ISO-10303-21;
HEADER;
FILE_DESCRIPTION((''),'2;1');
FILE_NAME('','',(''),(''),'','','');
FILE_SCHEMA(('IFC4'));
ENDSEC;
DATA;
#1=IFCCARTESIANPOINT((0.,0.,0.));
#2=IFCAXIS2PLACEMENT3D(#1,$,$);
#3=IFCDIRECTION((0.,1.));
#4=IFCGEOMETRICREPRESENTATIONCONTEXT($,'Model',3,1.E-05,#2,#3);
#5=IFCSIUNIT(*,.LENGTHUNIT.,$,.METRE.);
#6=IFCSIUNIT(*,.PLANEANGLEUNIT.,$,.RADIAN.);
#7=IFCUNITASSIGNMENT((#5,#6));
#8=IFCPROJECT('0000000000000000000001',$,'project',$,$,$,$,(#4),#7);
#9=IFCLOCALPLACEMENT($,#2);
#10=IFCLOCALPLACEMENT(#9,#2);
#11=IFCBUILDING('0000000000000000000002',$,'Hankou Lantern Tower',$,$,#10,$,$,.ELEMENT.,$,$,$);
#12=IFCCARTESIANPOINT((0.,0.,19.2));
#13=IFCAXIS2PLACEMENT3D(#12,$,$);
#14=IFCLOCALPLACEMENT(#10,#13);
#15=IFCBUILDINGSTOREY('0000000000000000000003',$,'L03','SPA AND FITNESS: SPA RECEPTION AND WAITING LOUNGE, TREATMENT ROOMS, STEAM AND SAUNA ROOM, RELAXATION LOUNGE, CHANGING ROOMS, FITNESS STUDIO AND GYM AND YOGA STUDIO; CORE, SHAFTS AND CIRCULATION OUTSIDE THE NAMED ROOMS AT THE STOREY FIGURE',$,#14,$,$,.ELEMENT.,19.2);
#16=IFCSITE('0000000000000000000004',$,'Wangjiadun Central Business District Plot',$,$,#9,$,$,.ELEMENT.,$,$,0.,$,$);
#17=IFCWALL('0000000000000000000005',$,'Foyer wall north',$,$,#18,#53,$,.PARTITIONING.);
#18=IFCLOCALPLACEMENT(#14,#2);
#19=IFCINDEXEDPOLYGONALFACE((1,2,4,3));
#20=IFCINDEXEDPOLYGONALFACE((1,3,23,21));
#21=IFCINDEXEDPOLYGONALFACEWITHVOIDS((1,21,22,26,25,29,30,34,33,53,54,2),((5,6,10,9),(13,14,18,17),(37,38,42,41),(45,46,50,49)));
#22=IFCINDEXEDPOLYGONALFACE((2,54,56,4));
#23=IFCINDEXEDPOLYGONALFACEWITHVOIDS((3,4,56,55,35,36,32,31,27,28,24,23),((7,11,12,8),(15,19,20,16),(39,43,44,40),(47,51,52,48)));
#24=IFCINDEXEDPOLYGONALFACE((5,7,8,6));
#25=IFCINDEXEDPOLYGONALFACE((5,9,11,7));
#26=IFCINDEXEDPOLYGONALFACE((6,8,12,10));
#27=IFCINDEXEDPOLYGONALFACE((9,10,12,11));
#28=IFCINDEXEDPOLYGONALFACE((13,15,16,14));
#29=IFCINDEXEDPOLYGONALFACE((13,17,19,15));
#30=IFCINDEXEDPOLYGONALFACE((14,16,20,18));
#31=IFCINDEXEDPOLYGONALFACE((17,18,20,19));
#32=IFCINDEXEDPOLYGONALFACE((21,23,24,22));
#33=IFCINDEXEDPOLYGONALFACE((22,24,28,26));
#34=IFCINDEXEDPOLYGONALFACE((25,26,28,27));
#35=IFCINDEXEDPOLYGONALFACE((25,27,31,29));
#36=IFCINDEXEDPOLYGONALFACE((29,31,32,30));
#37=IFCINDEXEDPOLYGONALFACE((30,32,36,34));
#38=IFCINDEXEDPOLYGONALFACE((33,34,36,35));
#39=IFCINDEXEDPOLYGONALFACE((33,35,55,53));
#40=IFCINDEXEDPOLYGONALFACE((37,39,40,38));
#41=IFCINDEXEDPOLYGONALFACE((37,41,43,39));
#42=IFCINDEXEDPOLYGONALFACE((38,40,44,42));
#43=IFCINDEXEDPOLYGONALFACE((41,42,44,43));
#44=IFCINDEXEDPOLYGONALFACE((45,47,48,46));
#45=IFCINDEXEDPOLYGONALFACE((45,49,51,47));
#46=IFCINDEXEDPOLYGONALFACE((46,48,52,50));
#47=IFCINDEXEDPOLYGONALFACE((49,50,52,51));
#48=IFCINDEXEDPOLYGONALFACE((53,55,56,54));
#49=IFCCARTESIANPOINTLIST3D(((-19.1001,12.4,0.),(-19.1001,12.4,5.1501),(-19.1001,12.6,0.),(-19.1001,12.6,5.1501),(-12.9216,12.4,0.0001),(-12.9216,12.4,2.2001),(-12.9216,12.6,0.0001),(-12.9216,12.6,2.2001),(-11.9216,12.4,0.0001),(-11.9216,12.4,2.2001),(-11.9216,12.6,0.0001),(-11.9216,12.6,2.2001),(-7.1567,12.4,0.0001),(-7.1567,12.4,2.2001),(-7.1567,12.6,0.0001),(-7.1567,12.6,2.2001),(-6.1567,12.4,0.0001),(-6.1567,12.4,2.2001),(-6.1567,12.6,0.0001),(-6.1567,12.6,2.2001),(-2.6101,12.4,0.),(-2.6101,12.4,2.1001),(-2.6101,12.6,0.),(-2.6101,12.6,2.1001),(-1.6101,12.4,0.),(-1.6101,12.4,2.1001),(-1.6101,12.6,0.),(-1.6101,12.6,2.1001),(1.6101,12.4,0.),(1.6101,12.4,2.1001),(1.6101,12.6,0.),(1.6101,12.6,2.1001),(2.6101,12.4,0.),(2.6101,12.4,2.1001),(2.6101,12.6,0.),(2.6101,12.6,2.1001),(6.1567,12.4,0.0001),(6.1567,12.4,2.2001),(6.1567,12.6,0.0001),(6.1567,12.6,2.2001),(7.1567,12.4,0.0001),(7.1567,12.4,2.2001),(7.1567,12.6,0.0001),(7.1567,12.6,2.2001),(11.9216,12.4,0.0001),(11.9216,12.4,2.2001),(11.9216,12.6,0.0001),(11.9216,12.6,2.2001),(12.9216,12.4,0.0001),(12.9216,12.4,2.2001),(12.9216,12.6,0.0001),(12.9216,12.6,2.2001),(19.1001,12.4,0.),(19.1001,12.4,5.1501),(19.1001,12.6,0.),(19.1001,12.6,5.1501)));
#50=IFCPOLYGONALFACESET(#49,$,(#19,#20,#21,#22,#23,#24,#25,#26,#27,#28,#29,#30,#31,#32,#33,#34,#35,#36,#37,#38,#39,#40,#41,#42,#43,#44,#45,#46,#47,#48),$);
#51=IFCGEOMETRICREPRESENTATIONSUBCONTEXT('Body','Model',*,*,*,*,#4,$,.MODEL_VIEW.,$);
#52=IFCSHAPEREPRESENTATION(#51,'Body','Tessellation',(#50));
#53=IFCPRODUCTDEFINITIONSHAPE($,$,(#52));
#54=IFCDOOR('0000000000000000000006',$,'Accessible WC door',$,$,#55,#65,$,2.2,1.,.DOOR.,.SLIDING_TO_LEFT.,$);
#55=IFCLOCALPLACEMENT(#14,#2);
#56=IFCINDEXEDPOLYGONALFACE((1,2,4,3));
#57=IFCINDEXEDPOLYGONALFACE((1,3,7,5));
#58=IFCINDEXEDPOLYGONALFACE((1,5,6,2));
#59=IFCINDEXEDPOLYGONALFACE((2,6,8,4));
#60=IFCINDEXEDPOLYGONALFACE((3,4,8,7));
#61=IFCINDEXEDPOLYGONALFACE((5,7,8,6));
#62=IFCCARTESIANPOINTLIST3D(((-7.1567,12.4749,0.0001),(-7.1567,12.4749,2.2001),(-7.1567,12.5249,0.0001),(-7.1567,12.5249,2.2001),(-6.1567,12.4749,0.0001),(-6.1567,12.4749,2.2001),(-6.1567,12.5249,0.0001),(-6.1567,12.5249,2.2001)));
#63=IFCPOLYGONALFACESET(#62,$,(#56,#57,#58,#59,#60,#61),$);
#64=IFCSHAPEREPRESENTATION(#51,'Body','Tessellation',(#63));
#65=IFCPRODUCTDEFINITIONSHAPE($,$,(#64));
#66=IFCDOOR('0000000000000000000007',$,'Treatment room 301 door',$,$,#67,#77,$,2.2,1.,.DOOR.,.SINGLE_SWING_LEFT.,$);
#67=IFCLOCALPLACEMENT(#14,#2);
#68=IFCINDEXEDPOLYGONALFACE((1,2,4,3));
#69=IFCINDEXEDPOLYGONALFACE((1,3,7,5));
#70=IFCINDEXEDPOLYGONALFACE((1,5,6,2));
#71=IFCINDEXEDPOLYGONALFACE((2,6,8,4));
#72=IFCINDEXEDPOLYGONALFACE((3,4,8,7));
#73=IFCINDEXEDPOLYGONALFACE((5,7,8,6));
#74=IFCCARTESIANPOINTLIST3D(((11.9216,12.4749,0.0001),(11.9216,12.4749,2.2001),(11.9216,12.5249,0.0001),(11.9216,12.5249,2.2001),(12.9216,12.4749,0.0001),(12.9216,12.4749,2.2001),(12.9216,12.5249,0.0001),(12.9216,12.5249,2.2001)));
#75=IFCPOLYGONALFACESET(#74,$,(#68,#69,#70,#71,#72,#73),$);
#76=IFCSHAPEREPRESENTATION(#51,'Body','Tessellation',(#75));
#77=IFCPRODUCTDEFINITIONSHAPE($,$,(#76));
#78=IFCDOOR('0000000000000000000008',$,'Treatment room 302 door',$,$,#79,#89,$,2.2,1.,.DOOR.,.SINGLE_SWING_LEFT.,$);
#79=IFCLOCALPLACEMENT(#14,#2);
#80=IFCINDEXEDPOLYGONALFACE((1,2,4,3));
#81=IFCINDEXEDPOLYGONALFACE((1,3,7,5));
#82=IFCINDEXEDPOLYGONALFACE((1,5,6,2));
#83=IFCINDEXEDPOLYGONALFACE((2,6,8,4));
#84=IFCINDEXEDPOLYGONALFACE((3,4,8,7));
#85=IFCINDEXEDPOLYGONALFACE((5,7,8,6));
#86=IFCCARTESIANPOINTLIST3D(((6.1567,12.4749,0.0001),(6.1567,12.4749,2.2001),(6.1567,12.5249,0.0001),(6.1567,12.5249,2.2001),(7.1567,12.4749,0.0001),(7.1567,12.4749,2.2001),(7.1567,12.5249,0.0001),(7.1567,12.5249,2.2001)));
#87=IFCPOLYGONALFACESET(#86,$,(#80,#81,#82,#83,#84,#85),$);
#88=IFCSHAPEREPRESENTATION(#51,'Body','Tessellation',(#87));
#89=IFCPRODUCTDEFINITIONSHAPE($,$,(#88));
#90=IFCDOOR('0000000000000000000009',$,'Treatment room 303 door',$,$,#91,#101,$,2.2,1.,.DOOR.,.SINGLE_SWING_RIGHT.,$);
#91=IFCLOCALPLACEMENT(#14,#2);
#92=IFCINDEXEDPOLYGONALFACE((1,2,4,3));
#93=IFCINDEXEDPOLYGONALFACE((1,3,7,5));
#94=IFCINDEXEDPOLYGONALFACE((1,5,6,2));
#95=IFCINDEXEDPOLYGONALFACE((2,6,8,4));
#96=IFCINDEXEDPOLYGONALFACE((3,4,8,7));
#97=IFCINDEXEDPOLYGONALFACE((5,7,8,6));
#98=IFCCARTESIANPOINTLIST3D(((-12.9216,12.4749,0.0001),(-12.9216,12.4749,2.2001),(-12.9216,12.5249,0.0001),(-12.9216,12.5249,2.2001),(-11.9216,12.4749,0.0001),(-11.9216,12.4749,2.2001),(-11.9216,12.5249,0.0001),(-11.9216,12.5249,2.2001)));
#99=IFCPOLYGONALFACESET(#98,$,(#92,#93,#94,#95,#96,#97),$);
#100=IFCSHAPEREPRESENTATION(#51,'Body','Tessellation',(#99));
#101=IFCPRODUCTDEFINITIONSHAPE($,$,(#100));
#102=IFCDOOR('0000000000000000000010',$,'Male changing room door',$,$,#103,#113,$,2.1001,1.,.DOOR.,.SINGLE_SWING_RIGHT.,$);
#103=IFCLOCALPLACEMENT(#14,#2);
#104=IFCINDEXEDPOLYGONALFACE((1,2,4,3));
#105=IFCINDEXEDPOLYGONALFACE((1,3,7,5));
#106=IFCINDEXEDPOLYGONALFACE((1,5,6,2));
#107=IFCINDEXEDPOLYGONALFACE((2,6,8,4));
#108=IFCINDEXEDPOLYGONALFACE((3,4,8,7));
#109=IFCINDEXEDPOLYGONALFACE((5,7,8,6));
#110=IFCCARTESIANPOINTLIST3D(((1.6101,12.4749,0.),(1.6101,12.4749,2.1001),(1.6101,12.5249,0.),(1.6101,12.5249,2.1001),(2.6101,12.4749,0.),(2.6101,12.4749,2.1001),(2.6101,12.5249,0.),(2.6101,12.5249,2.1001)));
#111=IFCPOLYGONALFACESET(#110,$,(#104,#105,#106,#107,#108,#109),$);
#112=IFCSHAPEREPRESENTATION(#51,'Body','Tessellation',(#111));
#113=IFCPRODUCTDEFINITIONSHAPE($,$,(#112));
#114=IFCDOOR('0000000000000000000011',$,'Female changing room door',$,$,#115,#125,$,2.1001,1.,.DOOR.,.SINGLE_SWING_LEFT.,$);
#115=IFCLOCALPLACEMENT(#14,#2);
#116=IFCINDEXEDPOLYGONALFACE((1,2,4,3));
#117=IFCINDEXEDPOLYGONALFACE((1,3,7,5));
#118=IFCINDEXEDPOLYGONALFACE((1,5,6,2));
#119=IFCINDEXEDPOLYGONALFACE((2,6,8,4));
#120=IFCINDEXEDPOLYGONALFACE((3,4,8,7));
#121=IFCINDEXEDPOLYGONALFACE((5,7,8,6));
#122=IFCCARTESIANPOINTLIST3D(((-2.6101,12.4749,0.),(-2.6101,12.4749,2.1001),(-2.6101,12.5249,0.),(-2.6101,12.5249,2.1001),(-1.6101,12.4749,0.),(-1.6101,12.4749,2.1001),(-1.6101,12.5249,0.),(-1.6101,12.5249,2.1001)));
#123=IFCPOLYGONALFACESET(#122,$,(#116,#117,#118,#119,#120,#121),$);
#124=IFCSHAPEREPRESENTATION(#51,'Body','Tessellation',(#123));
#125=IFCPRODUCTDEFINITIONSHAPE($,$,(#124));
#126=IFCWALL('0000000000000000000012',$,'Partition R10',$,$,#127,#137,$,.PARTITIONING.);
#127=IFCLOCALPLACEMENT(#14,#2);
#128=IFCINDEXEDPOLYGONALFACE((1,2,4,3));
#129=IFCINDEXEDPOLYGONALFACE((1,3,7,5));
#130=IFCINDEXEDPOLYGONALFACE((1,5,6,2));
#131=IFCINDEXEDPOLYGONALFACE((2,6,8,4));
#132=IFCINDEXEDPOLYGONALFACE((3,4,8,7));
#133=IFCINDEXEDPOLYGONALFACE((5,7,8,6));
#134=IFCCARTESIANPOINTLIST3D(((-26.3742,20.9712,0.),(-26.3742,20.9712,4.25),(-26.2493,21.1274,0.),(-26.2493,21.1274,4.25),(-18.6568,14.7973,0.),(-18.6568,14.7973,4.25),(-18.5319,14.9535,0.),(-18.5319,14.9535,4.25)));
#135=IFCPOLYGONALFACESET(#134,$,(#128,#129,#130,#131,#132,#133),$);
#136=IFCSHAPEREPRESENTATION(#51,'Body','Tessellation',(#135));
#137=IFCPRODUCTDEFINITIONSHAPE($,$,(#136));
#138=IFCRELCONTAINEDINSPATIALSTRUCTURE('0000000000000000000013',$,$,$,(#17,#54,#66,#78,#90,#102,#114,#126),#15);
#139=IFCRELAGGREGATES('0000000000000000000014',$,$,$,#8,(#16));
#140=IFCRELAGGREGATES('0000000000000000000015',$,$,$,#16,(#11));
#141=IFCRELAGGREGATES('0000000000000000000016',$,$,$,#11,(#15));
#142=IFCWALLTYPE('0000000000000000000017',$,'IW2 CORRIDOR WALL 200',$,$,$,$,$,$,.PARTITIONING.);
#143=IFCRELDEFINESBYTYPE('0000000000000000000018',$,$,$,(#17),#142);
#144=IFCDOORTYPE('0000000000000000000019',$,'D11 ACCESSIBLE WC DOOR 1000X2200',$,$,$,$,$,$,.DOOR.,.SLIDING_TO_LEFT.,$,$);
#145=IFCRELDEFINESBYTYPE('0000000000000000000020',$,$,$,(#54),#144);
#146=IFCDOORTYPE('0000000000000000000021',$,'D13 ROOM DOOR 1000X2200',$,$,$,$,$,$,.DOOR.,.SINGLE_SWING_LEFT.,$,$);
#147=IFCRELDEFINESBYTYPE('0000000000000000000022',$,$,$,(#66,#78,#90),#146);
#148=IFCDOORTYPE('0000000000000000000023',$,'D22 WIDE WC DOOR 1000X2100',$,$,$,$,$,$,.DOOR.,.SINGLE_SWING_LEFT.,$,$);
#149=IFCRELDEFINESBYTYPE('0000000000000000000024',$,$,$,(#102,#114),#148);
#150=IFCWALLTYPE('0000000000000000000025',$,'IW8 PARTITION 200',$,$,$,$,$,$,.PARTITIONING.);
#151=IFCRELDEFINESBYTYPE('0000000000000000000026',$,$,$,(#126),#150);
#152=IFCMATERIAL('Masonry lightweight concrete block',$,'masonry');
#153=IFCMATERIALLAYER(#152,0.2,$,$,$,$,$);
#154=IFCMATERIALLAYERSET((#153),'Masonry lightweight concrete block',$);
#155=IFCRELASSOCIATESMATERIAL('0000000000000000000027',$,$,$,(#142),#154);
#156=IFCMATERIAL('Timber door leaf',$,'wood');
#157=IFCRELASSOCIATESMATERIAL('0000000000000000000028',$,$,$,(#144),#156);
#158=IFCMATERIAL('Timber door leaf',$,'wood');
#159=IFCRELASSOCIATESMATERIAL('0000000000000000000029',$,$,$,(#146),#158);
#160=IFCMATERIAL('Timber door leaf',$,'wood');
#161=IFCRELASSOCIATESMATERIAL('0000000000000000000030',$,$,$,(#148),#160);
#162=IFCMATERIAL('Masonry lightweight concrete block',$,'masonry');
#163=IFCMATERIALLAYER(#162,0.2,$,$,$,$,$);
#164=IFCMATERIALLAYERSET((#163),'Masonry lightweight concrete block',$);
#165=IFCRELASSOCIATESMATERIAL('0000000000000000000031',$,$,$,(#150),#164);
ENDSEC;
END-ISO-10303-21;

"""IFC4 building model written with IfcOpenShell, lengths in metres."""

from ifc_helpers import new_model, si_unit, direction, frame, frame_2d, origin, place, context, subcontext, project, spatial, rectangle, extrude, material, layer, layer_set, type_object, element, fill, save


model = new_model("IFC4")

# Units and contexts
model_context = context("Model", 3, precision=1e-05, world=origin(), true_north=direction((0.0, 1.0)))
body_context = subcontext(model_context, "Body", "Model", "MODEL_VIEW")
ifc_project = project(units=[si_unit("LENGTHUNIT", "METRE"), si_unit("PLANEANGLEUNIT", "RADIAN")], contexts=[model_context])

# Site, building, storey
site_placement = place(None, origin())
site = spatial("IfcSite", under=ifc_project, at=site_placement, Name="Wangjiadun Central Business District Plot", CompositionType="ELEMENT", RefElevation=0.0)
building_placement = place(site_placement, origin())
building = spatial("IfcBuilding", under=site, at=building_placement, Name="Hankou Lantern Tower", CompositionType="ELEMENT")
storey_placement = place(building_placement, frame((0.0, 0.0, 19.2)))
storey = spatial("IfcBuildingStorey", under=building, at=storey_placement, Name="L03", Description="SPA AND FITNESS: SPA RECEPTION AND WAITING LOUNGE, TREATMENT ROOMS, STEAM AND SAUNA ROOM, RELAXATION LOUNGE, CHANGING ROOMS, FITNESS STUDIO AND GYM AND YOGA STUDIO; CORE, SHAFTS AND CIRCULATION OUTSIDE THE NAMED ROOMS AT THE STOREY FIGURE", CompositionType="ELEMENT", Elevation=19.2)

# Wall, openings, doors
ifc_material_1 = material(Name="Masonry lightweight concrete block", Category="masonry")
ifc_layer_1 = layer(ifc_material_1, 0.2)
ifc_layer_set_1 = layer_set([ifc_layer_1], Name="Masonry lightweight concrete block")
wall_type_1 = type_object("IfcWallType", Name="IW2 CORRIDOR WALL 200", PredefinedType="PARTITIONING", material=ifc_layer_set_1)
wall_1_placement = place(storey_placement, frame((-19.1001, 12.5, 0.0), z_axis=(0.0, 0.0, 1.0), x_axis=(1.0, 0.0, 0.0)))
wall_1 = element("IfcWall", 1, at=wall_1_placement, inside=storey, type_object=wall_type_1, Name="Foyer wall north", PredefinedType="PARTITIONING", context=body_context, shape_type="SweptSolid", body=[
    extrude(rectangle(XDim=38.2002, YDim=0.2, at=frame_2d((19.1001, 0.0))), origin(), (0.0, 0.0, 1.0), 5.1501),
])
opening_1_placement = place(wall_1_placement, frame((31.0217, 0.0, 0.0)))
opening_1 = element("IfcOpeningElement", 2, at=opening_1_placement, cuts=wall_1, PredefinedType="OPENING", context=body_context, shape_type="SweptSolid", body=[
    extrude(rectangle(XDim=1.0, YDim=2.2, at=frame_2d((0.5, 1.1001))), frame((0.0, 0.1099, 0.0), z_axis=(0.0, -1.0, 0.0), x_axis=(1.0, 0.0, 0.0)), (0.0, 0.0, 1.0), 0.22),
])
opening_2_placement = place(wall_1_placement, frame((25.2568, 0.0, 0.0)))
opening_2 = element("IfcOpeningElement", 3, at=opening_2_placement, cuts=wall_1, PredefinedType="OPENING", context=body_context, shape_type="SweptSolid", body=[
    extrude(rectangle(XDim=1.0, YDim=2.2, at=frame_2d((0.5, 1.1001))), frame((0.0, 0.1099, 0.0), z_axis=(0.0, -1.0, 0.0), x_axis=(1.0, 0.0, 0.0)), (0.0, 0.0, 1.0), 0.22),
])
opening_3_placement = place(wall_1_placement, frame((20.7102, 0.0, 0.0)))
opening_3 = element("IfcOpeningElement", 4, at=opening_3_placement, cuts=wall_1, PredefinedType="OPENING", context=body_context, shape_type="SweptSolid", body=[
    extrude(rectangle(XDim=1.0, YDim=2.1001, at=frame_2d((0.5, 1.05))), frame((0.0, 0.1099, 0.0), z_axis=(0.0, -1.0, 0.0), x_axis=(1.0, 0.0, 0.0)), (0.0, 0.0, 1.0), 0.22),
])
opening_4_placement = place(wall_1_placement, frame((16.49, 0.0, 0.0)))
opening_4 = element("IfcOpeningElement", 5, at=opening_4_placement, cuts=wall_1, PredefinedType="OPENING", context=body_context, shape_type="SweptSolid", body=[
    extrude(rectangle(XDim=1.0, YDim=2.1001, at=frame_2d((0.5, 1.05))), frame((0.0, 0.1099, 0.0), z_axis=(0.0, -1.0, 0.0), x_axis=(1.0, 0.0, 0.0)), (0.0, 0.0, 1.0), 0.22),
])
opening_5_placement = place(wall_1_placement, frame((11.9434, 0.0, 0.0)))
opening_5 = element("IfcOpeningElement", 6, at=opening_5_placement, cuts=wall_1, PredefinedType="OPENING", context=body_context, shape_type="SweptSolid", body=[
    extrude(rectangle(XDim=1.0, YDim=2.2, at=frame_2d((0.5, 1.1001))), frame((0.0, 0.1099, 0.0), z_axis=(0.0, -1.0, 0.0), x_axis=(1.0, 0.0, 0.0)), (0.0, 0.0, 1.0), 0.22),
])
opening_6_placement = place(wall_1_placement, frame((6.1785, 0.0, 0.0)))
opening_6 = element("IfcOpeningElement", 7, at=opening_6_placement, cuts=wall_1, PredefinedType="OPENING", context=body_context, shape_type="SweptSolid", body=[
    extrude(rectangle(XDim=1.0, YDim=2.2, at=frame_2d((0.5, 1.1001))), frame((0.0, 0.1099, 0.0), z_axis=(0.0, -1.0, 0.0), x_axis=(1.0, 0.0, 0.0)), (0.0, 0.0, 1.0), 0.22),
])
ifc_material_2 = material(Name="Timber door leaf", Category="wood")
door_type_1 = type_object("IfcDoorType", Name="D11 ACCESSIBLE WC DOOR 1000X2200", OperationType="SLIDING_TO_LEFT", PredefinedType="DOOR", material=ifc_material_2)
door_1_placement = place(opening_5_placement, origin())
door_1 = element("IfcDoor", 8, at=door_1_placement, inside=storey, type_object=door_type_1, Name="Accessible WC door", OperationType="SLIDING_TO_LEFT", OverallHeight=2.2, OverallWidth=1.0, PredefinedType="DOOR", context=body_context, shape_type="SweptSolid", body=[
    extrude(rectangle(XDim=1.0, YDim=2.2, at=frame_2d((0.5, 1.1001))), frame((0.0, 0.0249, 0.0), z_axis=(0.0, -1.0, 0.0), x_axis=(1.0, 0.0, 0.0)), (0.0, 0.0, 1.0), 0.05),
])
fill(opening_5, door_1)
ifc_material_3 = material(Name="Timber door leaf", Category="wood")
door_type_2 = type_object("IfcDoorType", Name="D13 ROOM DOOR 1000X2200", OperationType="SINGLE_SWING_LEFT", PredefinedType="DOOR", material=ifc_material_3)
door_2_placement = place(opening_1_placement, origin())
door_2 = element("IfcDoor", 9, at=door_2_placement, inside=storey, type_object=door_type_2, Name="Treatment room 301 door", OperationType="SINGLE_SWING_LEFT", OverallHeight=2.2, OverallWidth=1.0, PredefinedType="DOOR", context=body_context, shape_type="SweptSolid", body=[
    extrude(rectangle(XDim=1.0, YDim=2.2, at=frame_2d((0.5, 1.1001))), frame((0.0, 0.0249, 0.0), z_axis=(0.0, -1.0, 0.0), x_axis=(1.0, 0.0, 0.0)), (0.0, 0.0, 1.0), 0.05),
])
fill(opening_1, door_2)
door_3_placement = place(opening_2_placement, origin())
door_3 = element("IfcDoor", 10, at=door_3_placement, inside=storey, type_object=door_type_2, Name="Treatment room 302 door", OperationType="SINGLE_SWING_LEFT", OverallHeight=2.2, OverallWidth=1.0, PredefinedType="DOOR", context=body_context, shape_type="SweptSolid", body=[
    extrude(rectangle(XDim=1.0, YDim=2.2, at=frame_2d((0.5, 1.1001))), frame((0.0, 0.0249, 0.0), z_axis=(0.0, -1.0, 0.0), x_axis=(1.0, 0.0, 0.0)), (0.0, 0.0, 1.0), 0.05),
])
fill(opening_2, door_3)
door_4_placement = place(opening_6_placement, origin())
door_4 = element("IfcDoor", 11, at=door_4_placement, inside=storey, type_object=door_type_2, Name="Treatment room 303 door", OperationType="SINGLE_SWING_RIGHT", OverallHeight=2.2, OverallWidth=1.0, PredefinedType="DOOR", context=body_context, shape_type="SweptSolid", body=[
    extrude(rectangle(XDim=1.0, YDim=2.2, at=frame_2d((0.5, 1.1001))), frame((0.0, 0.0249, 0.0), z_axis=(0.0, -1.0, 0.0), x_axis=(1.0, 0.0, 0.0)), (0.0, 0.0, 1.0), 0.05),
])
fill(opening_6, door_4)
ifc_material_4 = material(Name="Timber door leaf", Category="wood")
door_type_3 = type_object("IfcDoorType", Name="D22 WIDE WC DOOR 1000X2100", OperationType="SINGLE_SWING_LEFT", PredefinedType="DOOR", material=ifc_material_4)
door_5_placement = place(opening_3_placement, origin())
door_5 = element("IfcDoor", 12, at=door_5_placement, inside=storey, type_object=door_type_3, Name="Male changing room door", OperationType="SINGLE_SWING_RIGHT", OverallHeight=2.1001, OverallWidth=1.0, PredefinedType="DOOR", context=body_context, shape_type="SweptSolid", body=[
    extrude(rectangle(XDim=1.0, YDim=2.1001, at=frame_2d((0.5, 1.05))), frame((0.0, 0.0249, 0.0), z_axis=(0.0, -1.0, 0.0), x_axis=(1.0, 0.0, 0.0)), (0.0, 0.0, 1.0), 0.05),
])
fill(opening_3, door_5)
door_6_placement = place(opening_4_placement, origin())
door_6 = element("IfcDoor", 13, at=door_6_placement, inside=storey, type_object=door_type_3, Name="Female changing room door", OperationType="SINGLE_SWING_LEFT", OverallHeight=2.1001, OverallWidth=1.0, PredefinedType="DOOR", context=body_context, shape_type="SweptSolid", body=[
    extrude(rectangle(XDim=1.0, YDim=2.1001, at=frame_2d((0.5, 1.05))), frame((0.0, 0.0249, 0.0), z_axis=(0.0, -1.0, 0.0), x_axis=(1.0, 0.0, 0.0)), (0.0, 0.0, 1.0), 0.05),
])
fill(opening_4, door_6)

# Wall
ifc_material_5 = material(Name="Masonry lightweight concrete block", Category="masonry")
ifc_layer_2 = layer(ifc_material_5, 0.2)
ifc_layer_set_2 = layer_set([ifc_layer_2], Name="Masonry lightweight concrete block")
wall_type_2 = type_object("IfcWallType", Name="IW8 PARTITION 200", PredefinedType="PARTITIONING", material=ifc_layer_set_2)
wall_2_placement = place(storey_placement, frame((-18.5945, 14.8755, 0.0), z_axis=(0.0, 0.0, 1.0), x_axis=(-0.780869, 0.624695, 0.0)))
element("IfcWall", 14, at=wall_2_placement, inside=storey, type_object=wall_type_2, Name="Partition R10", PredefinedType="PARTITIONING", context=body_context, shape_type="SweptSolid", body=[
    extrude(rectangle(XDim=9.8831, YDim=0.2, at=frame_2d((4.9414, 0.0))), origin(), (0.0, 0.0, 1.0), 4.25),
])

save(model, "model.ifc")
